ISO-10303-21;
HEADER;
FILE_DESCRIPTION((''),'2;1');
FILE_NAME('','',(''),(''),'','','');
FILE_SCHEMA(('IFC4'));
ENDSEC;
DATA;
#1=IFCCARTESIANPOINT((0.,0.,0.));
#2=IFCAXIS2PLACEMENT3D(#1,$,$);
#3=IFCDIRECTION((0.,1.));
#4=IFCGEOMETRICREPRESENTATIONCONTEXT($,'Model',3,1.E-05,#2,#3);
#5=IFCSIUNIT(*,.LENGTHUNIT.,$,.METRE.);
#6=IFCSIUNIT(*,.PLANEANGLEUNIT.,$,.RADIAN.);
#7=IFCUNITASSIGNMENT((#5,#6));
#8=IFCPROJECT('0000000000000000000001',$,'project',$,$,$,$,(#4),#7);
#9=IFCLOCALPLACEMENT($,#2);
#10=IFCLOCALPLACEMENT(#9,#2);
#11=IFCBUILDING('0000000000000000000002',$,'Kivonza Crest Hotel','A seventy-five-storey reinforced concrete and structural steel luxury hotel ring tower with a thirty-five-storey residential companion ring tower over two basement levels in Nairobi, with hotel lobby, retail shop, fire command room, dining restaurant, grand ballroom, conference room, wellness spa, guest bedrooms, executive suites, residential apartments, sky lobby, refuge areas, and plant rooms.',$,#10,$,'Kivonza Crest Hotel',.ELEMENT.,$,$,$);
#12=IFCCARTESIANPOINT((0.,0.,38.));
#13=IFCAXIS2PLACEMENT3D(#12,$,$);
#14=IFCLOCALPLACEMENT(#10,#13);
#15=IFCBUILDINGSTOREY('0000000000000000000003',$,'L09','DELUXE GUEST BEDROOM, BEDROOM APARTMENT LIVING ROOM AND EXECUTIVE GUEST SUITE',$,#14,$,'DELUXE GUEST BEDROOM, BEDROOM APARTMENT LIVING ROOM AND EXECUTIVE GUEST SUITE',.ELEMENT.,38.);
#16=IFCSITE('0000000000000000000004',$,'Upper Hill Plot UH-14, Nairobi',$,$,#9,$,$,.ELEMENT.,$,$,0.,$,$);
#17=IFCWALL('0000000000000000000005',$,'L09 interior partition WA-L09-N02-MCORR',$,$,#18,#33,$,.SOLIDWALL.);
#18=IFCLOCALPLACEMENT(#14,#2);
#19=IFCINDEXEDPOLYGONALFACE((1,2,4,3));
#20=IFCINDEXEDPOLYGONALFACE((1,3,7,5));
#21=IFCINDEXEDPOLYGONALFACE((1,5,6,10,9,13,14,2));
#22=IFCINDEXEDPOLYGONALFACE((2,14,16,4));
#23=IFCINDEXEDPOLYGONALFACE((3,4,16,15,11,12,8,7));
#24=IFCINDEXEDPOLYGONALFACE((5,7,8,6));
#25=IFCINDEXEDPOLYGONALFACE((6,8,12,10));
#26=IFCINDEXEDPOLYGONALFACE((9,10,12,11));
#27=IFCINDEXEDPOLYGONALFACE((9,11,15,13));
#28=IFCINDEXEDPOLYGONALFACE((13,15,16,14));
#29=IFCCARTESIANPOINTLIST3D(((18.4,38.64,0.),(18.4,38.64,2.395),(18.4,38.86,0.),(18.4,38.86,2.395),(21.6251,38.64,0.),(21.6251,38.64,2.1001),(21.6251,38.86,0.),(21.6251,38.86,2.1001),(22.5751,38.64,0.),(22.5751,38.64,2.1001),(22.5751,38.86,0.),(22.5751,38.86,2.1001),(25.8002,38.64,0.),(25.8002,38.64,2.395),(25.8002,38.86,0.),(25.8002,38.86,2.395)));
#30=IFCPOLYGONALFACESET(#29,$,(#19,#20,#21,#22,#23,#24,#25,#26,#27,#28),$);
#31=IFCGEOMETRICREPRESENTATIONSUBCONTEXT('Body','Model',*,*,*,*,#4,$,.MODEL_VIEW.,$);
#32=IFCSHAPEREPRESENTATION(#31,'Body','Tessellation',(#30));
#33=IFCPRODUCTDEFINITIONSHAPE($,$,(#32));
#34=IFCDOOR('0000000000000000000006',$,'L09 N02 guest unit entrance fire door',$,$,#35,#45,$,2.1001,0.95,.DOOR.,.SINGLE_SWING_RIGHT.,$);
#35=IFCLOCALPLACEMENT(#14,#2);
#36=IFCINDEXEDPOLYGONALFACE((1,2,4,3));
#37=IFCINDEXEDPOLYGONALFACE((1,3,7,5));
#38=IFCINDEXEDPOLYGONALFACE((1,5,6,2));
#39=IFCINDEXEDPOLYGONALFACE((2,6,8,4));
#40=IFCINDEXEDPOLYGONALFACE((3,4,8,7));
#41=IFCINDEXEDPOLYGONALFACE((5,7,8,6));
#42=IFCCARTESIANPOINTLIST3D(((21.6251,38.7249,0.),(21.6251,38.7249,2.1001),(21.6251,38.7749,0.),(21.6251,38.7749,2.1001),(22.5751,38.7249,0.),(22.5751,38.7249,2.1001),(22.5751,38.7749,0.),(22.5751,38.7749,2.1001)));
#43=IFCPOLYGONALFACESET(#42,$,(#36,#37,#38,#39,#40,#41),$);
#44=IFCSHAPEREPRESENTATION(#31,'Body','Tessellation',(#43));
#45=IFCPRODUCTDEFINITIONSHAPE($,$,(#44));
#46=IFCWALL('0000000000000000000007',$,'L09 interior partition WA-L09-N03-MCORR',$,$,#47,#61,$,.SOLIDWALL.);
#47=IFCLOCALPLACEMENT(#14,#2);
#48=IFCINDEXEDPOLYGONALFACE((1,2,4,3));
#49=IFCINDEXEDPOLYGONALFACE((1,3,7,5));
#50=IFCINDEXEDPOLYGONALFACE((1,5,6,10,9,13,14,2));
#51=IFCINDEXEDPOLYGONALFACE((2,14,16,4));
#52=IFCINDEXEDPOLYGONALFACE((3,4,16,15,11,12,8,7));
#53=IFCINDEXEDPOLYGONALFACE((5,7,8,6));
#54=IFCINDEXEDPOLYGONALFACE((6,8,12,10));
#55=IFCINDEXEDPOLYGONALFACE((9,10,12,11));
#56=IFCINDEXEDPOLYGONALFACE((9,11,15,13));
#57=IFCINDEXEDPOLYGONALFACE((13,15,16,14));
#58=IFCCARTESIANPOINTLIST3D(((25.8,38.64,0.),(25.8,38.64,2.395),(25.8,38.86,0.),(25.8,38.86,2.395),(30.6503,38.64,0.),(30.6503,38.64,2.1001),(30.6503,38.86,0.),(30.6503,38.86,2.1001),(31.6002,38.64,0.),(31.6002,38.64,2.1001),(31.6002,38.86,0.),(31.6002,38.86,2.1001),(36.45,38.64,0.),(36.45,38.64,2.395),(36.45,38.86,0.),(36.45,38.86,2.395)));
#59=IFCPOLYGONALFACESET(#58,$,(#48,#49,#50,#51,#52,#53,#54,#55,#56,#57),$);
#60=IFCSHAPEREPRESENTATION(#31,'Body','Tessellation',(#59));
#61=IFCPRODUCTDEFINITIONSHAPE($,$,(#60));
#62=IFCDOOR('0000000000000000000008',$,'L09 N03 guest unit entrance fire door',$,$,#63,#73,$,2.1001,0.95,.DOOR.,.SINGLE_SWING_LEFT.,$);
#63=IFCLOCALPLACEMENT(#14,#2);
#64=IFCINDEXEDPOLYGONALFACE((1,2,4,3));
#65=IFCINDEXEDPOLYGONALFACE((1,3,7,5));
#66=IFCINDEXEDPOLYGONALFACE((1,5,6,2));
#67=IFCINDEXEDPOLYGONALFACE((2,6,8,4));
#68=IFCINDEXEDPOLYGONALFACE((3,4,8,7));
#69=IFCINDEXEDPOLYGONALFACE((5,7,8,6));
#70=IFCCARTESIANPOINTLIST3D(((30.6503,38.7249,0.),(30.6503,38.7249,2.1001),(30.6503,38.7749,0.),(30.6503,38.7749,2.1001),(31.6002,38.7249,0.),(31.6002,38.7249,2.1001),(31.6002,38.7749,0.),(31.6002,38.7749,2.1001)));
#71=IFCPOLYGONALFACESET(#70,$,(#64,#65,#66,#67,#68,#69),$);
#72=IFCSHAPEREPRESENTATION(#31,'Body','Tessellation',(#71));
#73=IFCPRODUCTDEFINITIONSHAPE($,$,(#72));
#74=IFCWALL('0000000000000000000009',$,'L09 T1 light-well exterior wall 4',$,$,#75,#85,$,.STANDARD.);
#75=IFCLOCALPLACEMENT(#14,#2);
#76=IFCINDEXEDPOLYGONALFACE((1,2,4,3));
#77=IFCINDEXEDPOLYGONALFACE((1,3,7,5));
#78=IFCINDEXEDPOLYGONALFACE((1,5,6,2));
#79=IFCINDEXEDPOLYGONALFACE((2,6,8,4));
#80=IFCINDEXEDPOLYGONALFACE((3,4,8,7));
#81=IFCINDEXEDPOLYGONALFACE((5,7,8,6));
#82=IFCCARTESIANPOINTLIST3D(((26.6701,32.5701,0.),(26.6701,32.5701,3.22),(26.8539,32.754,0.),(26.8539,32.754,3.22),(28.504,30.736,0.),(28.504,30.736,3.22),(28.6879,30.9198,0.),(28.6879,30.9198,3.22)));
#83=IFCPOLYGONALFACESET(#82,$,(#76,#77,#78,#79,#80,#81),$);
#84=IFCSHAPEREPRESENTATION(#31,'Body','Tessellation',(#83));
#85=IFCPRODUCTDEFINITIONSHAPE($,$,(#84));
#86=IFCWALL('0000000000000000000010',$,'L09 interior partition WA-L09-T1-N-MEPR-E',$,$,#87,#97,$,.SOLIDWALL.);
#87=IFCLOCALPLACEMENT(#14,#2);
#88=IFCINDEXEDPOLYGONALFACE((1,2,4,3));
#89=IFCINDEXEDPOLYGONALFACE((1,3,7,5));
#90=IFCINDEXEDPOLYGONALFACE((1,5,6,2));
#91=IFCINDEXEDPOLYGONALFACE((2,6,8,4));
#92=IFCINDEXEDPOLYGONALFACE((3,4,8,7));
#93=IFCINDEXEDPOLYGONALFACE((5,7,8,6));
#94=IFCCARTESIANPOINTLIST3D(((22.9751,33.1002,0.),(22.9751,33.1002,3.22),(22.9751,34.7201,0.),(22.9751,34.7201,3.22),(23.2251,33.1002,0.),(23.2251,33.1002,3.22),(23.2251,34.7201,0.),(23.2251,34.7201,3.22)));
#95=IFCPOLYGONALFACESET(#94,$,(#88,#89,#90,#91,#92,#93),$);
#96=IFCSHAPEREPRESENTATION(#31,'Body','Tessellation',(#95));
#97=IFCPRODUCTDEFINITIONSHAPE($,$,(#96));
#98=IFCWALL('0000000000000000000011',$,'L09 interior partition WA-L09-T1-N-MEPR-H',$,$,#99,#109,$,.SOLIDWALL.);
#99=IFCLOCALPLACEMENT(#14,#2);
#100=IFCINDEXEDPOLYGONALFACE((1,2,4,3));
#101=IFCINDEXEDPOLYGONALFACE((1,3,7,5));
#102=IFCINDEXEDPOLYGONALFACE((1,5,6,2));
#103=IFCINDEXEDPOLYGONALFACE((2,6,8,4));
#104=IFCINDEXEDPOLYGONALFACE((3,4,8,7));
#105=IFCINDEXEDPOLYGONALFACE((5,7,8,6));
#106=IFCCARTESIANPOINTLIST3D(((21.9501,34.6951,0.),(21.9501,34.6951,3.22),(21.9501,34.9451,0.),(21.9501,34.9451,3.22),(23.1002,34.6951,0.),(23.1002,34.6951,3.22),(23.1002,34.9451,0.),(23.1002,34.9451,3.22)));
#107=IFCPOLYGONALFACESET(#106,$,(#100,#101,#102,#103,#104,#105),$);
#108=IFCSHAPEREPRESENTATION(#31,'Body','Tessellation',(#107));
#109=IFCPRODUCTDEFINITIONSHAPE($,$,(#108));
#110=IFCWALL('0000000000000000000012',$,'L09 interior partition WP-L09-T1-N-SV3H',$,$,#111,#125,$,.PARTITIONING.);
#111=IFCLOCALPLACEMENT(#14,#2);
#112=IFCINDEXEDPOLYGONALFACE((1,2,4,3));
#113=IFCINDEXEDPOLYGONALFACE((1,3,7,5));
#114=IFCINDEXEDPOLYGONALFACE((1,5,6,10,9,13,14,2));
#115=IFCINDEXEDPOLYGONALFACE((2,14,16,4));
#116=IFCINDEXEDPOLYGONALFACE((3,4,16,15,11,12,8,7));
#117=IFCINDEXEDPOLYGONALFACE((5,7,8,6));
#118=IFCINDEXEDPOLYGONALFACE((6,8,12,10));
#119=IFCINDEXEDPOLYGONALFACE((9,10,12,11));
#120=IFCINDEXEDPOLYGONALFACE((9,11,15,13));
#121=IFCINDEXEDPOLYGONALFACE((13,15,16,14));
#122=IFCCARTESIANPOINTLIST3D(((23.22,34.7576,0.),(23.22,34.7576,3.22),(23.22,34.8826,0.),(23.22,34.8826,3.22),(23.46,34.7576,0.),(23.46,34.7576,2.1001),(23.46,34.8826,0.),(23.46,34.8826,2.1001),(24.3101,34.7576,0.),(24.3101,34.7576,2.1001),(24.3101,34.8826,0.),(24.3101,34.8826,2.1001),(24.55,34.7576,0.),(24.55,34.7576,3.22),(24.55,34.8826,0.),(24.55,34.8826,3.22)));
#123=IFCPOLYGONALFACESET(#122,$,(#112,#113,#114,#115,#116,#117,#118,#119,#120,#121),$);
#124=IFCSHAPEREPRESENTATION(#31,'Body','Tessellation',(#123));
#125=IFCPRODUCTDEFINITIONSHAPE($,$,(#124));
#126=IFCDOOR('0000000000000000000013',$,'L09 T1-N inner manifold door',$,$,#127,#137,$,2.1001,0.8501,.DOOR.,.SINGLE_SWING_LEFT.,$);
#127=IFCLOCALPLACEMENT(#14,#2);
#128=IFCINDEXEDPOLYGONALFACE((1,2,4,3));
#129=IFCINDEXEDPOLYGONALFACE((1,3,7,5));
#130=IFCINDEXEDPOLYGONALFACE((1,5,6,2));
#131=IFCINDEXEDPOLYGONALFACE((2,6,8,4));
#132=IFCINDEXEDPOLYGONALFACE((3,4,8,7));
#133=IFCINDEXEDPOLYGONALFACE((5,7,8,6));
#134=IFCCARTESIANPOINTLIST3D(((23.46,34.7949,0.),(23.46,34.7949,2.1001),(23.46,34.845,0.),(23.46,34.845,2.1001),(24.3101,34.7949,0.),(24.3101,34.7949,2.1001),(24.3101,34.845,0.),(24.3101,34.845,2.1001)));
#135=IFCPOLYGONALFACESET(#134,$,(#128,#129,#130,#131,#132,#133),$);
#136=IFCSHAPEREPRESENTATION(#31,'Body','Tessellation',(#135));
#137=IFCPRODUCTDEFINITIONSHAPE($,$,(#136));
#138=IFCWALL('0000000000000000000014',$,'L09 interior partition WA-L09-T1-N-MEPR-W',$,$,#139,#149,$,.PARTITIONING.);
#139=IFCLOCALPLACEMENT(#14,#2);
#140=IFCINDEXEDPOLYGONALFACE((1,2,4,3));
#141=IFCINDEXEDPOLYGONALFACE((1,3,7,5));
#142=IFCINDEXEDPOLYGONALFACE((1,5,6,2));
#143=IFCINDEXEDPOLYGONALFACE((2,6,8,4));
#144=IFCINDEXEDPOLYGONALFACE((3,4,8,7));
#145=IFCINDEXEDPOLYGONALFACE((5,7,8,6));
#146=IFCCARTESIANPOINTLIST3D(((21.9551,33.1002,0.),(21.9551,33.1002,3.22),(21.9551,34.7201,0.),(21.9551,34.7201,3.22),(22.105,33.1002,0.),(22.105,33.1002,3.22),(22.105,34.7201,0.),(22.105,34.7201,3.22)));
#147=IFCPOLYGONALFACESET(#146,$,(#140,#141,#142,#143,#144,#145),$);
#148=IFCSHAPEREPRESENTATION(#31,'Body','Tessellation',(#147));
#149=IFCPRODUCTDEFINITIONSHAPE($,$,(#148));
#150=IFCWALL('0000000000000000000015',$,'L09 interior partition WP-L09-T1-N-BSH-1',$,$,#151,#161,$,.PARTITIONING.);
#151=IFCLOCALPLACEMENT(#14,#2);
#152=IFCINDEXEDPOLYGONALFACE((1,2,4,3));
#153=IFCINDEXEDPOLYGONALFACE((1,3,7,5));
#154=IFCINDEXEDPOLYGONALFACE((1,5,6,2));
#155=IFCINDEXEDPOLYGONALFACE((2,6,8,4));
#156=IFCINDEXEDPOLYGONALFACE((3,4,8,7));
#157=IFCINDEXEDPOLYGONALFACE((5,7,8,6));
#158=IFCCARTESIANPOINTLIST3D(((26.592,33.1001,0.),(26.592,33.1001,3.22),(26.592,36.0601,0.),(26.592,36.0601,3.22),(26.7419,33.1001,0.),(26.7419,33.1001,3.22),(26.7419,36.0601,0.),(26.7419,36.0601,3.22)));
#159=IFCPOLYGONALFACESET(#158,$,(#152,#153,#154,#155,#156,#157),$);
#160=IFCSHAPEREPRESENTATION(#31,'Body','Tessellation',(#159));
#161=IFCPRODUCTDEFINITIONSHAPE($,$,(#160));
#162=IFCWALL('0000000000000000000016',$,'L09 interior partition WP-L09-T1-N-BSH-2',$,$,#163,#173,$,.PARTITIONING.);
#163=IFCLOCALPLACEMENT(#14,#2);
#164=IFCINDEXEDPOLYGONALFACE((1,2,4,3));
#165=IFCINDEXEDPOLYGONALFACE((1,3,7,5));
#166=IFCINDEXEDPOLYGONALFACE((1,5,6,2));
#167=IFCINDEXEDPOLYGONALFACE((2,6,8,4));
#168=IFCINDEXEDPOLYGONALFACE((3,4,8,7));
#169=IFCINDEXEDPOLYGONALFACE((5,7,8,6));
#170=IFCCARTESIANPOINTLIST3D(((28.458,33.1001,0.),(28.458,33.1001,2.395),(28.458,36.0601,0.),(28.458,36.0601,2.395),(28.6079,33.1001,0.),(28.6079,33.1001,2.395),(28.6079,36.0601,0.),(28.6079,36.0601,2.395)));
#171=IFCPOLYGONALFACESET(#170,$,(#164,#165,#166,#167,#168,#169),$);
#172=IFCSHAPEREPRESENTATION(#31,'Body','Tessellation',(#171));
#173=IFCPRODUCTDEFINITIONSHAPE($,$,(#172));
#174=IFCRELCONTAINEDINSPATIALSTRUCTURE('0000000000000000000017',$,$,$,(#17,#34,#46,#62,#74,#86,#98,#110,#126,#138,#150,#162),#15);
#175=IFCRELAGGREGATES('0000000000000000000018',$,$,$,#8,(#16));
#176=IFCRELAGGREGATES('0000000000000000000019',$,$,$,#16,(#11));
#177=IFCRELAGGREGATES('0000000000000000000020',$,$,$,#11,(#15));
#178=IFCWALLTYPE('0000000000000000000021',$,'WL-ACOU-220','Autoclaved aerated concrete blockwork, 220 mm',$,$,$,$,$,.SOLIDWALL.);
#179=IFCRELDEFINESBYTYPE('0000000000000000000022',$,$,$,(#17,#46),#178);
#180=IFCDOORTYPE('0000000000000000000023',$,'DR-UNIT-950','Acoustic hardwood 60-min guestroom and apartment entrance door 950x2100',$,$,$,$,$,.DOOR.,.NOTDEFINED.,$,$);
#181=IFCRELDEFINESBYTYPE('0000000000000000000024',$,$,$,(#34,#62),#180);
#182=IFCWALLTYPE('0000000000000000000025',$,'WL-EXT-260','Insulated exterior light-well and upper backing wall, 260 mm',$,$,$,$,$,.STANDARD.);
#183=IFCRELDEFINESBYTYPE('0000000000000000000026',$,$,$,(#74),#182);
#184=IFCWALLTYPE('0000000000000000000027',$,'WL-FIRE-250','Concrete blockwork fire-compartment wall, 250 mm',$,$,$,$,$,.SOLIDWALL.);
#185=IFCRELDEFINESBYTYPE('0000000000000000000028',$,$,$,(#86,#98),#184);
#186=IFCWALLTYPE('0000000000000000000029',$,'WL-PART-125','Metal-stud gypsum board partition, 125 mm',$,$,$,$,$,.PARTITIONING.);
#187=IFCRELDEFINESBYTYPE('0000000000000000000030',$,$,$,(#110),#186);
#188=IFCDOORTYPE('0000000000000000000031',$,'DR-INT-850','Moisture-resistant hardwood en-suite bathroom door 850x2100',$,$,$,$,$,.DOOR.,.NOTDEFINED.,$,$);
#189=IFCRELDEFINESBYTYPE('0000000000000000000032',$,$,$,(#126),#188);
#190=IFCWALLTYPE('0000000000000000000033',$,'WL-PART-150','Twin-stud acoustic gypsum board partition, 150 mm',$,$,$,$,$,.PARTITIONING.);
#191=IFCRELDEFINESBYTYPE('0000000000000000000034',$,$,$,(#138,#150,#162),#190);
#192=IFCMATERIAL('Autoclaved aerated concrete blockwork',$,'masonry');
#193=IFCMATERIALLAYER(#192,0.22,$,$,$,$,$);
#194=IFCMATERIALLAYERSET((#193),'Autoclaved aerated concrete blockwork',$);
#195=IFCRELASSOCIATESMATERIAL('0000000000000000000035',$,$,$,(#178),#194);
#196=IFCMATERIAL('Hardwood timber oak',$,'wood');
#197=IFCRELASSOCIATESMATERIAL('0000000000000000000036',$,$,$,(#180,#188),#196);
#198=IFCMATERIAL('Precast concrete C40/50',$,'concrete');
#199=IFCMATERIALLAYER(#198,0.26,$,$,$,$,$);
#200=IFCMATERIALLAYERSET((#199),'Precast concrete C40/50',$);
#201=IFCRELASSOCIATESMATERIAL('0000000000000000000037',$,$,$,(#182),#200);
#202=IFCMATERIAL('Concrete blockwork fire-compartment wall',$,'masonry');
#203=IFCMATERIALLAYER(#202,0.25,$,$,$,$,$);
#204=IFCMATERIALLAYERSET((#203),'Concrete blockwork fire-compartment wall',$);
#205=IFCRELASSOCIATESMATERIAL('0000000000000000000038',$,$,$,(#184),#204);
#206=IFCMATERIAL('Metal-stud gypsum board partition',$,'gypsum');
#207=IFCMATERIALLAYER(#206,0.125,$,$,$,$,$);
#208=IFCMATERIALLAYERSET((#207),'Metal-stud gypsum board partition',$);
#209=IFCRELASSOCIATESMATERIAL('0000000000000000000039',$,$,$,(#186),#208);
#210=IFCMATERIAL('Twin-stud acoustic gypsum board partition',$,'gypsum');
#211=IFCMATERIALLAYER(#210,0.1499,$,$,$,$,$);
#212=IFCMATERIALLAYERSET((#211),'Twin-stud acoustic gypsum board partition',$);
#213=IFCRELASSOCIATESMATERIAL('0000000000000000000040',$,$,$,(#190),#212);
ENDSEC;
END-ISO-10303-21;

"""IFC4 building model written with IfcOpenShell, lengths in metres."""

from ifc_helpers import new_model, si_unit, direction, frame, frame_2d, origin, place, context, subcontext, project, spatial, rectangle, extrude, material, layer, layer_set, type_object, element, fill, save


model = new_model("IFC4")

# Units and contexts
model_context = context("Model", 3, precision=1e-05, world=origin(), true_north=direction((0.0, 1.0)))
body_context = subcontext(model_context, "Body", "Model", "MODEL_VIEW")
ifc_project = project(units=[si_unit("LENGTHUNIT", "METRE"), si_unit("PLANEANGLEUNIT", "RADIAN")], contexts=[model_context])

# Site, building, storey
site_placement = place(None, origin())
site = spatial("IfcSite", under=ifc_project, at=site_placement, Name="Upper Hill Plot UH-14, Nairobi", CompositionType="ELEMENT", RefElevation=0.0)
building_placement = place(site_placement, origin())
building = spatial("IfcBuilding", under=site, at=building_placement, Name="Kivonza Crest Hotel", Description="A seventy-five-storey reinforced concrete and structural steel luxury hotel ring tower with a thirty-five-storey residential companion ring tower over two basement levels in Nairobi, with hotel lobby, retail shop, fire command room, dining restaurant, grand ballroom, conference room, wellness spa, guest bedrooms, executive suites, residential apartments, sky lobby, refuge areas, and plant rooms.", LongName="Kivonza Crest Hotel", CompositionType="ELEMENT")
storey_placement = place(building_placement, frame((0.0, 0.0, 38.0)))
storey = spatial("IfcBuildingStorey", under=building, at=storey_placement, Name="L09", Description="DELUXE GUEST BEDROOM, BEDROOM APARTMENT LIVING ROOM AND EXECUTIVE GUEST SUITE", LongName="DELUXE GUEST BEDROOM, BEDROOM APARTMENT LIVING ROOM AND EXECUTIVE GUEST SUITE", CompositionType="ELEMENT", Elevation=38.0)

# Walls, openings, doors
ifc_material_1 = material(Name="Autoclaved aerated concrete blockwork", Category="masonry")
ifc_layer_1 = layer(ifc_material_1, 0.22)
ifc_layer_set_1 = layer_set([ifc_layer_1], Name="Autoclaved aerated concrete blockwork")
wall_type_1 = type_object("IfcWallType", Name="WL-ACOU-220", Description="Autoclaved aerated concrete blockwork, 220 mm", PredefinedType="SOLIDWALL", material=ifc_layer_set_1)
wall_1_placement = place(storey_placement, frame((18.3999, 38.75, 0.0), z_axis=(0.0, 0.0, 1.0), x_axis=(1.0, 0.0, 0.0)))
wall_1 = element("IfcWall", 1, at=wall_1_placement, inside=storey, type_object=wall_type_1, Name="L09 interior partition WA-L09-N02-MCORR", PredefinedType="SOLIDWALL", context=body_context, shape_type="SweptSolid", body=[
    extrude(rectangle(XDim=7.4001, YDim=0.22, at=frame_2d((3.7002, 0.0))), origin(), (0.0, 0.0, 1.0), 2.395),
])
opening_1_placement = place(wall_1_placement, frame((3.2251, 0.0, 0.0)))
opening_1 = element("IfcOpeningElement", 2, at=opening_1_placement, cuts=wall_1, PredefinedType="OPENING", context=body_context, shape_type="SweptSolid", body=[
    extrude(rectangle(XDim=0.95, YDim=2.1001, at=frame_2d((0.4751, 1.05))), frame((0.0, 0.1201, 0.0), z_axis=(0.0, -1.0, 0.0), x_axis=(1.0, 0.0, 0.0)), (0.0, 0.0, 1.0), 0.24),
])
ifc_material_2 = material(Name="Hardwood timber oak", Category="wood")
door_type_1 = type_object("IfcDoorType", Name="DR-UNIT-950", Description="Acoustic hardwood 60-min guestroom and apartment entrance door 950x2100", OperationType="NOTDEFINED", PredefinedType="DOOR", material=ifc_material_2)
door_1_placement = place(opening_1_placement, origin())
door_1 = element("IfcDoor", 3, at=door_1_placement, inside=storey, type_object=door_type_1, Name="L09 N02 guest unit entrance fire door", OperationType="SINGLE_SWING_RIGHT", OverallHeight=2.1001, OverallWidth=0.95, PredefinedType="DOOR", context=body_context, shape_type="SweptSolid", body=[
    extrude(rectangle(XDim=0.95, YDim=2.1001, at=frame_2d((0.4751, 1.05))), frame((0.0, 0.0249, 0.0), z_axis=(0.0, -1.0, 0.0), x_axis=(1.0, 0.0, 0.0)), (0.0, 0.0, 1.0), 0.05),
])
fill(opening_1, door_1)
wall_2_placement = place(storey_placement, frame((25.8, 38.75, 0.0), z_axis=(0.0, 0.0, 1.0), x_axis=(1.0, 0.0, 0.0)))
wall_2 = element("IfcWall", 4, at=wall_2_placement, inside=storey, type_object=wall_type_1, Name="L09 interior partition WA-L09-N03-MCORR", PredefinedType="SOLIDWALL", context=body_context, shape_type="SweptSolid", body=[
    extrude(rectangle(XDim=10.6499, YDim=0.22, at=frame_2d((5.325, 0.0))), origin(), (0.0, 0.0, 1.0), 2.395),
])
opening_2_placement = place(wall_2_placement, frame((4.8501, 0.0, 0.0)))
opening_2 = element("IfcOpeningElement", 5, at=opening_2_placement, cuts=wall_2, PredefinedType="OPENING", context=body_context, shape_type="SweptSolid", body=[
    extrude(rectangle(XDim=0.95, YDim=2.1001, at=frame_2d((0.4751, 1.05))), frame((0.0, 0.1201, 0.0), z_axis=(0.0, -1.0, 0.0), x_axis=(1.0, 0.0, 0.0)), (0.0, 0.0, 1.0), 0.24),
])
door_2_placement = place(opening_2_placement, origin())
door_2 = element("IfcDoor", 6, at=door_2_placement, inside=storey, type_object=door_type_1, Name="L09 N03 guest unit entrance fire door", OperationType="SINGLE_SWING_LEFT", OverallHeight=2.1001, OverallWidth=0.95, PredefinedType="DOOR", context=body_context, shape_type="SweptSolid", body=[
    extrude(rectangle(XDim=0.95, YDim=2.1001, at=frame_2d((0.4751, 1.05))), frame((0.0, 0.0249, 0.0), z_axis=(0.0, -1.0, 0.0), x_axis=(1.0, 0.0, 0.0)), (0.0, 0.0, 1.0), 0.05),
])
fill(opening_2, door_2)

# Walls
ifc_material_3 = material(Name="Precast concrete C40/50", Category="concrete")
ifc_layer_2 = layer(ifc_material_3, 0.26)
ifc_layer_set_2 = layer_set([ifc_layer_2], Name="Precast concrete C40/50")
wall_type_2 = type_object("IfcWallType", Name="WL-EXT-260", Description="Insulated exterior light-well and upper backing wall, 260 mm", PredefinedType="STANDARD", material=ifc_layer_set_2)
wall_3_placement = place(storey_placement, frame((28.5959, 30.8279, 0.0), z_axis=(0.0, 0.0, 1.0), x_axis=(-0.70706, 0.707154, 0.0)))
element("IfcWall", 7, at=wall_3_placement, inside=storey, type_object=wall_type_2, Name="L09 T1 light-well exterior wall 4", PredefinedType="STANDARD", context=body_context, shape_type="SweptSolid", body=[
    extrude(rectangle(XDim=2.5938, YDim=0.26, at=frame_2d((1.2969, 0.0))), origin(), (0.0, 0.0, 1.0), 3.22),
])
ifc_material_4 = material(Name="Concrete blockwork fire-compartment wall", Category="masonry")
ifc_layer_3 = layer(ifc_material_4, 0.25)
ifc_layer_set_3 = layer_set([ifc_layer_3], Name="Concrete blockwork fire-compartment wall")
wall_type_3 = type_object("IfcWallType", Name="WL-FIRE-250", Description="Concrete blockwork fire-compartment wall, 250 mm", PredefinedType="SOLIDWALL", material=ifc_layer_set_3)
wall_4_placement = place(storey_placement, frame((23.1001, 33.1001, 0.0), z_axis=(0.0, 0.0, 1.0), x_axis=(0.0, 1.0, 0.0)))
element("IfcWall", 8, at=wall_4_placement, inside=storey, type_object=wall_type_3, Name="L09 interior partition WA-L09-T1-N-MEPR-E", PredefinedType="SOLIDWALL", context=body_context, shape_type="SweptSolid", body=[
    extrude(rectangle(XDim=1.6199, YDim=0.25, at=frame_2d((0.8101, 0.0))), origin(), (0.0, 0.0, 1.0), 3.22),
])
wall_5_placement = place(storey_placement, frame((21.95, 34.8201, 0.0), z_axis=(0.0, 0.0, 1.0), x_axis=(1.0, 0.0, 0.0)))
element("IfcWall", 9, at=wall_5_placement, inside=storey, type_object=wall_type_3, Name="L09 interior partition WA-L09-T1-N-MEPR-H", PredefinedType="SOLIDWALL", context=body_context, shape_type="SweptSolid", body=[
    extrude(rectangle(XDim=1.1501, YDim=0.25, at=frame_2d((0.5752, 0.0))), origin(), (0.0, 0.0, 1.0), 3.22),
])

# Wall, opening, door
ifc_material_5 = material(Name="Metal-stud gypsum board partition", Category="gypsum")
ifc_layer_4 = layer(ifc_material_5, 0.125)
ifc_layer_set_4 = layer_set([ifc_layer_4], Name="Metal-stud gypsum board partition")
wall_type_4 = type_object("IfcWallType", Name="WL-PART-125", Description="Metal-stud gypsum board partition, 125 mm", PredefinedType="PARTITIONING", material=ifc_layer_set_4)
wall_6_placement = place(storey_placement, frame((23.22, 34.8201, 0.0), z_axis=(0.0, 0.0, 1.0), x_axis=(1.0, 0.0, 0.0)))
wall_6 = element("IfcWall", 10, at=wall_6_placement, inside=storey, type_object=wall_type_4, Name="L09 interior partition WP-L09-T1-N-SV3H", PredefinedType="PARTITIONING", context=body_context, shape_type="SweptSolid", body=[
    extrude(rectangle(XDim=1.3301, YDim=0.125, at=frame_2d((0.665, 0.0))), origin(), (0.0, 0.0, 1.0), 3.22),
])
opening_3_placement = place(wall_6_placement, frame((0.24, 0.0, 0.0)))
opening_3 = element("IfcOpeningElement", 11, at=opening_3_placement, cuts=wall_6, PredefinedType="OPENING", context=body_context, shape_type="SweptSolid", body=[
    extrude(rectangle(XDim=0.8501, YDim=2.1001, at=frame_2d((0.425, 1.05))), frame((0.0, 0.0725, 0.0), z_axis=(0.0, -1.0, 0.0), x_axis=(1.0, 0.0, 0.0)), (0.0, 0.0, 1.0), 0.145),
])
door_type_2 = type_object("IfcDoorType", Name="DR-INT-850", Description="Moisture-resistant hardwood en-suite bathroom door 850x2100", OperationType="NOTDEFINED", PredefinedType="DOOR", material=ifc_material_2)
door_3_placement = place(opening_3_placement, origin())
door_3 = element("IfcDoor", 12, at=door_3_placement, inside=storey, type_object=door_type_2, Name="L09 T1-N inner manifold door", OperationType="SINGLE_SWING_LEFT", OverallHeight=2.1001, OverallWidth=0.8501, PredefinedType="DOOR", context=body_context, shape_type="SweptSolid", body=[
    extrude(rectangle(XDim=0.8501, YDim=2.1001, at=frame_2d((0.425, 1.05))), frame((0.0, 0.0249, 0.0), z_axis=(0.0, -1.0, 0.0), x_axis=(1.0, 0.0, 0.0)), (0.0, 0.0, 1.0), 0.05),
])
fill(opening_3, door_3)

# Walls
ifc_material_6 = material(Name="Twin-stud acoustic gypsum board partition", Category="gypsum")
ifc_layer_5 = layer(ifc_material_6, 0.1499)
ifc_layer_set_5 = layer_set([ifc_layer_5], Name="Twin-stud acoustic gypsum board partition")
wall_type_5 = type_object("IfcWallType", Name="WL-PART-150", Description="Twin-stud acoustic gypsum board partition, 150 mm", PredefinedType="PARTITIONING", material=ifc_layer_set_5)
wall_7_placement = place(storey_placement, frame((22.03, 33.1001, 0.0), z_axis=(0.0, 0.0, 1.0), x_axis=(0.0, 1.0, 0.0)))
element("IfcWall", 13, at=wall_7_placement, inside=storey, type_object=wall_type_5, Name="L09 interior partition WA-L09-T1-N-MEPR-W", PredefinedType="PARTITIONING", context=body_context, shape_type="SweptSolid", body=[
    extrude(rectangle(XDim=1.6199, YDim=0.1499, at=frame_2d((0.8101, 0.0))), origin(), (0.0, 0.0, 1.0), 3.22),
])
wall_8_placement = place(storey_placement, frame((26.667, 33.1001, 0.0), z_axis=(0.0, 0.0, 1.0), x_axis=(0.0, 1.0, 0.0)))
element("IfcWall", 14, at=wall_8_placement, inside=storey, type_object=wall_type_5, Name="L09 interior partition WP-L09-T1-N-BSH-1", PredefinedType="PARTITIONING", context=body_context, shape_type="SweptSolid", body=[
    extrude(rectangle(XDim=2.96, YDim=0.1499, at=frame_2d((1.48, 0.0))), origin(), (0.0, 0.0, 1.0), 3.22),
])
wall_9_placement = place(storey_placement, frame((28.533, 33.1001, 0.0), z_axis=(0.0, 0.0, 1.0), x_axis=(0.0, 1.0, 0.0)))
element("IfcWall", 15, at=wall_9_placement, inside=storey, type_object=wall_type_5, Name="L09 interior partition WP-L09-T1-N-BSH-2", PredefinedType="PARTITIONING", context=body_context, shape_type="SweptSolid", body=[
    extrude(rectangle(XDim=2.96, YDim=0.1499, at=frame_2d((1.48, 0.0))), origin(), (0.0, 0.0, 1.0), 2.395),
])

save(model, "model.ifc")
